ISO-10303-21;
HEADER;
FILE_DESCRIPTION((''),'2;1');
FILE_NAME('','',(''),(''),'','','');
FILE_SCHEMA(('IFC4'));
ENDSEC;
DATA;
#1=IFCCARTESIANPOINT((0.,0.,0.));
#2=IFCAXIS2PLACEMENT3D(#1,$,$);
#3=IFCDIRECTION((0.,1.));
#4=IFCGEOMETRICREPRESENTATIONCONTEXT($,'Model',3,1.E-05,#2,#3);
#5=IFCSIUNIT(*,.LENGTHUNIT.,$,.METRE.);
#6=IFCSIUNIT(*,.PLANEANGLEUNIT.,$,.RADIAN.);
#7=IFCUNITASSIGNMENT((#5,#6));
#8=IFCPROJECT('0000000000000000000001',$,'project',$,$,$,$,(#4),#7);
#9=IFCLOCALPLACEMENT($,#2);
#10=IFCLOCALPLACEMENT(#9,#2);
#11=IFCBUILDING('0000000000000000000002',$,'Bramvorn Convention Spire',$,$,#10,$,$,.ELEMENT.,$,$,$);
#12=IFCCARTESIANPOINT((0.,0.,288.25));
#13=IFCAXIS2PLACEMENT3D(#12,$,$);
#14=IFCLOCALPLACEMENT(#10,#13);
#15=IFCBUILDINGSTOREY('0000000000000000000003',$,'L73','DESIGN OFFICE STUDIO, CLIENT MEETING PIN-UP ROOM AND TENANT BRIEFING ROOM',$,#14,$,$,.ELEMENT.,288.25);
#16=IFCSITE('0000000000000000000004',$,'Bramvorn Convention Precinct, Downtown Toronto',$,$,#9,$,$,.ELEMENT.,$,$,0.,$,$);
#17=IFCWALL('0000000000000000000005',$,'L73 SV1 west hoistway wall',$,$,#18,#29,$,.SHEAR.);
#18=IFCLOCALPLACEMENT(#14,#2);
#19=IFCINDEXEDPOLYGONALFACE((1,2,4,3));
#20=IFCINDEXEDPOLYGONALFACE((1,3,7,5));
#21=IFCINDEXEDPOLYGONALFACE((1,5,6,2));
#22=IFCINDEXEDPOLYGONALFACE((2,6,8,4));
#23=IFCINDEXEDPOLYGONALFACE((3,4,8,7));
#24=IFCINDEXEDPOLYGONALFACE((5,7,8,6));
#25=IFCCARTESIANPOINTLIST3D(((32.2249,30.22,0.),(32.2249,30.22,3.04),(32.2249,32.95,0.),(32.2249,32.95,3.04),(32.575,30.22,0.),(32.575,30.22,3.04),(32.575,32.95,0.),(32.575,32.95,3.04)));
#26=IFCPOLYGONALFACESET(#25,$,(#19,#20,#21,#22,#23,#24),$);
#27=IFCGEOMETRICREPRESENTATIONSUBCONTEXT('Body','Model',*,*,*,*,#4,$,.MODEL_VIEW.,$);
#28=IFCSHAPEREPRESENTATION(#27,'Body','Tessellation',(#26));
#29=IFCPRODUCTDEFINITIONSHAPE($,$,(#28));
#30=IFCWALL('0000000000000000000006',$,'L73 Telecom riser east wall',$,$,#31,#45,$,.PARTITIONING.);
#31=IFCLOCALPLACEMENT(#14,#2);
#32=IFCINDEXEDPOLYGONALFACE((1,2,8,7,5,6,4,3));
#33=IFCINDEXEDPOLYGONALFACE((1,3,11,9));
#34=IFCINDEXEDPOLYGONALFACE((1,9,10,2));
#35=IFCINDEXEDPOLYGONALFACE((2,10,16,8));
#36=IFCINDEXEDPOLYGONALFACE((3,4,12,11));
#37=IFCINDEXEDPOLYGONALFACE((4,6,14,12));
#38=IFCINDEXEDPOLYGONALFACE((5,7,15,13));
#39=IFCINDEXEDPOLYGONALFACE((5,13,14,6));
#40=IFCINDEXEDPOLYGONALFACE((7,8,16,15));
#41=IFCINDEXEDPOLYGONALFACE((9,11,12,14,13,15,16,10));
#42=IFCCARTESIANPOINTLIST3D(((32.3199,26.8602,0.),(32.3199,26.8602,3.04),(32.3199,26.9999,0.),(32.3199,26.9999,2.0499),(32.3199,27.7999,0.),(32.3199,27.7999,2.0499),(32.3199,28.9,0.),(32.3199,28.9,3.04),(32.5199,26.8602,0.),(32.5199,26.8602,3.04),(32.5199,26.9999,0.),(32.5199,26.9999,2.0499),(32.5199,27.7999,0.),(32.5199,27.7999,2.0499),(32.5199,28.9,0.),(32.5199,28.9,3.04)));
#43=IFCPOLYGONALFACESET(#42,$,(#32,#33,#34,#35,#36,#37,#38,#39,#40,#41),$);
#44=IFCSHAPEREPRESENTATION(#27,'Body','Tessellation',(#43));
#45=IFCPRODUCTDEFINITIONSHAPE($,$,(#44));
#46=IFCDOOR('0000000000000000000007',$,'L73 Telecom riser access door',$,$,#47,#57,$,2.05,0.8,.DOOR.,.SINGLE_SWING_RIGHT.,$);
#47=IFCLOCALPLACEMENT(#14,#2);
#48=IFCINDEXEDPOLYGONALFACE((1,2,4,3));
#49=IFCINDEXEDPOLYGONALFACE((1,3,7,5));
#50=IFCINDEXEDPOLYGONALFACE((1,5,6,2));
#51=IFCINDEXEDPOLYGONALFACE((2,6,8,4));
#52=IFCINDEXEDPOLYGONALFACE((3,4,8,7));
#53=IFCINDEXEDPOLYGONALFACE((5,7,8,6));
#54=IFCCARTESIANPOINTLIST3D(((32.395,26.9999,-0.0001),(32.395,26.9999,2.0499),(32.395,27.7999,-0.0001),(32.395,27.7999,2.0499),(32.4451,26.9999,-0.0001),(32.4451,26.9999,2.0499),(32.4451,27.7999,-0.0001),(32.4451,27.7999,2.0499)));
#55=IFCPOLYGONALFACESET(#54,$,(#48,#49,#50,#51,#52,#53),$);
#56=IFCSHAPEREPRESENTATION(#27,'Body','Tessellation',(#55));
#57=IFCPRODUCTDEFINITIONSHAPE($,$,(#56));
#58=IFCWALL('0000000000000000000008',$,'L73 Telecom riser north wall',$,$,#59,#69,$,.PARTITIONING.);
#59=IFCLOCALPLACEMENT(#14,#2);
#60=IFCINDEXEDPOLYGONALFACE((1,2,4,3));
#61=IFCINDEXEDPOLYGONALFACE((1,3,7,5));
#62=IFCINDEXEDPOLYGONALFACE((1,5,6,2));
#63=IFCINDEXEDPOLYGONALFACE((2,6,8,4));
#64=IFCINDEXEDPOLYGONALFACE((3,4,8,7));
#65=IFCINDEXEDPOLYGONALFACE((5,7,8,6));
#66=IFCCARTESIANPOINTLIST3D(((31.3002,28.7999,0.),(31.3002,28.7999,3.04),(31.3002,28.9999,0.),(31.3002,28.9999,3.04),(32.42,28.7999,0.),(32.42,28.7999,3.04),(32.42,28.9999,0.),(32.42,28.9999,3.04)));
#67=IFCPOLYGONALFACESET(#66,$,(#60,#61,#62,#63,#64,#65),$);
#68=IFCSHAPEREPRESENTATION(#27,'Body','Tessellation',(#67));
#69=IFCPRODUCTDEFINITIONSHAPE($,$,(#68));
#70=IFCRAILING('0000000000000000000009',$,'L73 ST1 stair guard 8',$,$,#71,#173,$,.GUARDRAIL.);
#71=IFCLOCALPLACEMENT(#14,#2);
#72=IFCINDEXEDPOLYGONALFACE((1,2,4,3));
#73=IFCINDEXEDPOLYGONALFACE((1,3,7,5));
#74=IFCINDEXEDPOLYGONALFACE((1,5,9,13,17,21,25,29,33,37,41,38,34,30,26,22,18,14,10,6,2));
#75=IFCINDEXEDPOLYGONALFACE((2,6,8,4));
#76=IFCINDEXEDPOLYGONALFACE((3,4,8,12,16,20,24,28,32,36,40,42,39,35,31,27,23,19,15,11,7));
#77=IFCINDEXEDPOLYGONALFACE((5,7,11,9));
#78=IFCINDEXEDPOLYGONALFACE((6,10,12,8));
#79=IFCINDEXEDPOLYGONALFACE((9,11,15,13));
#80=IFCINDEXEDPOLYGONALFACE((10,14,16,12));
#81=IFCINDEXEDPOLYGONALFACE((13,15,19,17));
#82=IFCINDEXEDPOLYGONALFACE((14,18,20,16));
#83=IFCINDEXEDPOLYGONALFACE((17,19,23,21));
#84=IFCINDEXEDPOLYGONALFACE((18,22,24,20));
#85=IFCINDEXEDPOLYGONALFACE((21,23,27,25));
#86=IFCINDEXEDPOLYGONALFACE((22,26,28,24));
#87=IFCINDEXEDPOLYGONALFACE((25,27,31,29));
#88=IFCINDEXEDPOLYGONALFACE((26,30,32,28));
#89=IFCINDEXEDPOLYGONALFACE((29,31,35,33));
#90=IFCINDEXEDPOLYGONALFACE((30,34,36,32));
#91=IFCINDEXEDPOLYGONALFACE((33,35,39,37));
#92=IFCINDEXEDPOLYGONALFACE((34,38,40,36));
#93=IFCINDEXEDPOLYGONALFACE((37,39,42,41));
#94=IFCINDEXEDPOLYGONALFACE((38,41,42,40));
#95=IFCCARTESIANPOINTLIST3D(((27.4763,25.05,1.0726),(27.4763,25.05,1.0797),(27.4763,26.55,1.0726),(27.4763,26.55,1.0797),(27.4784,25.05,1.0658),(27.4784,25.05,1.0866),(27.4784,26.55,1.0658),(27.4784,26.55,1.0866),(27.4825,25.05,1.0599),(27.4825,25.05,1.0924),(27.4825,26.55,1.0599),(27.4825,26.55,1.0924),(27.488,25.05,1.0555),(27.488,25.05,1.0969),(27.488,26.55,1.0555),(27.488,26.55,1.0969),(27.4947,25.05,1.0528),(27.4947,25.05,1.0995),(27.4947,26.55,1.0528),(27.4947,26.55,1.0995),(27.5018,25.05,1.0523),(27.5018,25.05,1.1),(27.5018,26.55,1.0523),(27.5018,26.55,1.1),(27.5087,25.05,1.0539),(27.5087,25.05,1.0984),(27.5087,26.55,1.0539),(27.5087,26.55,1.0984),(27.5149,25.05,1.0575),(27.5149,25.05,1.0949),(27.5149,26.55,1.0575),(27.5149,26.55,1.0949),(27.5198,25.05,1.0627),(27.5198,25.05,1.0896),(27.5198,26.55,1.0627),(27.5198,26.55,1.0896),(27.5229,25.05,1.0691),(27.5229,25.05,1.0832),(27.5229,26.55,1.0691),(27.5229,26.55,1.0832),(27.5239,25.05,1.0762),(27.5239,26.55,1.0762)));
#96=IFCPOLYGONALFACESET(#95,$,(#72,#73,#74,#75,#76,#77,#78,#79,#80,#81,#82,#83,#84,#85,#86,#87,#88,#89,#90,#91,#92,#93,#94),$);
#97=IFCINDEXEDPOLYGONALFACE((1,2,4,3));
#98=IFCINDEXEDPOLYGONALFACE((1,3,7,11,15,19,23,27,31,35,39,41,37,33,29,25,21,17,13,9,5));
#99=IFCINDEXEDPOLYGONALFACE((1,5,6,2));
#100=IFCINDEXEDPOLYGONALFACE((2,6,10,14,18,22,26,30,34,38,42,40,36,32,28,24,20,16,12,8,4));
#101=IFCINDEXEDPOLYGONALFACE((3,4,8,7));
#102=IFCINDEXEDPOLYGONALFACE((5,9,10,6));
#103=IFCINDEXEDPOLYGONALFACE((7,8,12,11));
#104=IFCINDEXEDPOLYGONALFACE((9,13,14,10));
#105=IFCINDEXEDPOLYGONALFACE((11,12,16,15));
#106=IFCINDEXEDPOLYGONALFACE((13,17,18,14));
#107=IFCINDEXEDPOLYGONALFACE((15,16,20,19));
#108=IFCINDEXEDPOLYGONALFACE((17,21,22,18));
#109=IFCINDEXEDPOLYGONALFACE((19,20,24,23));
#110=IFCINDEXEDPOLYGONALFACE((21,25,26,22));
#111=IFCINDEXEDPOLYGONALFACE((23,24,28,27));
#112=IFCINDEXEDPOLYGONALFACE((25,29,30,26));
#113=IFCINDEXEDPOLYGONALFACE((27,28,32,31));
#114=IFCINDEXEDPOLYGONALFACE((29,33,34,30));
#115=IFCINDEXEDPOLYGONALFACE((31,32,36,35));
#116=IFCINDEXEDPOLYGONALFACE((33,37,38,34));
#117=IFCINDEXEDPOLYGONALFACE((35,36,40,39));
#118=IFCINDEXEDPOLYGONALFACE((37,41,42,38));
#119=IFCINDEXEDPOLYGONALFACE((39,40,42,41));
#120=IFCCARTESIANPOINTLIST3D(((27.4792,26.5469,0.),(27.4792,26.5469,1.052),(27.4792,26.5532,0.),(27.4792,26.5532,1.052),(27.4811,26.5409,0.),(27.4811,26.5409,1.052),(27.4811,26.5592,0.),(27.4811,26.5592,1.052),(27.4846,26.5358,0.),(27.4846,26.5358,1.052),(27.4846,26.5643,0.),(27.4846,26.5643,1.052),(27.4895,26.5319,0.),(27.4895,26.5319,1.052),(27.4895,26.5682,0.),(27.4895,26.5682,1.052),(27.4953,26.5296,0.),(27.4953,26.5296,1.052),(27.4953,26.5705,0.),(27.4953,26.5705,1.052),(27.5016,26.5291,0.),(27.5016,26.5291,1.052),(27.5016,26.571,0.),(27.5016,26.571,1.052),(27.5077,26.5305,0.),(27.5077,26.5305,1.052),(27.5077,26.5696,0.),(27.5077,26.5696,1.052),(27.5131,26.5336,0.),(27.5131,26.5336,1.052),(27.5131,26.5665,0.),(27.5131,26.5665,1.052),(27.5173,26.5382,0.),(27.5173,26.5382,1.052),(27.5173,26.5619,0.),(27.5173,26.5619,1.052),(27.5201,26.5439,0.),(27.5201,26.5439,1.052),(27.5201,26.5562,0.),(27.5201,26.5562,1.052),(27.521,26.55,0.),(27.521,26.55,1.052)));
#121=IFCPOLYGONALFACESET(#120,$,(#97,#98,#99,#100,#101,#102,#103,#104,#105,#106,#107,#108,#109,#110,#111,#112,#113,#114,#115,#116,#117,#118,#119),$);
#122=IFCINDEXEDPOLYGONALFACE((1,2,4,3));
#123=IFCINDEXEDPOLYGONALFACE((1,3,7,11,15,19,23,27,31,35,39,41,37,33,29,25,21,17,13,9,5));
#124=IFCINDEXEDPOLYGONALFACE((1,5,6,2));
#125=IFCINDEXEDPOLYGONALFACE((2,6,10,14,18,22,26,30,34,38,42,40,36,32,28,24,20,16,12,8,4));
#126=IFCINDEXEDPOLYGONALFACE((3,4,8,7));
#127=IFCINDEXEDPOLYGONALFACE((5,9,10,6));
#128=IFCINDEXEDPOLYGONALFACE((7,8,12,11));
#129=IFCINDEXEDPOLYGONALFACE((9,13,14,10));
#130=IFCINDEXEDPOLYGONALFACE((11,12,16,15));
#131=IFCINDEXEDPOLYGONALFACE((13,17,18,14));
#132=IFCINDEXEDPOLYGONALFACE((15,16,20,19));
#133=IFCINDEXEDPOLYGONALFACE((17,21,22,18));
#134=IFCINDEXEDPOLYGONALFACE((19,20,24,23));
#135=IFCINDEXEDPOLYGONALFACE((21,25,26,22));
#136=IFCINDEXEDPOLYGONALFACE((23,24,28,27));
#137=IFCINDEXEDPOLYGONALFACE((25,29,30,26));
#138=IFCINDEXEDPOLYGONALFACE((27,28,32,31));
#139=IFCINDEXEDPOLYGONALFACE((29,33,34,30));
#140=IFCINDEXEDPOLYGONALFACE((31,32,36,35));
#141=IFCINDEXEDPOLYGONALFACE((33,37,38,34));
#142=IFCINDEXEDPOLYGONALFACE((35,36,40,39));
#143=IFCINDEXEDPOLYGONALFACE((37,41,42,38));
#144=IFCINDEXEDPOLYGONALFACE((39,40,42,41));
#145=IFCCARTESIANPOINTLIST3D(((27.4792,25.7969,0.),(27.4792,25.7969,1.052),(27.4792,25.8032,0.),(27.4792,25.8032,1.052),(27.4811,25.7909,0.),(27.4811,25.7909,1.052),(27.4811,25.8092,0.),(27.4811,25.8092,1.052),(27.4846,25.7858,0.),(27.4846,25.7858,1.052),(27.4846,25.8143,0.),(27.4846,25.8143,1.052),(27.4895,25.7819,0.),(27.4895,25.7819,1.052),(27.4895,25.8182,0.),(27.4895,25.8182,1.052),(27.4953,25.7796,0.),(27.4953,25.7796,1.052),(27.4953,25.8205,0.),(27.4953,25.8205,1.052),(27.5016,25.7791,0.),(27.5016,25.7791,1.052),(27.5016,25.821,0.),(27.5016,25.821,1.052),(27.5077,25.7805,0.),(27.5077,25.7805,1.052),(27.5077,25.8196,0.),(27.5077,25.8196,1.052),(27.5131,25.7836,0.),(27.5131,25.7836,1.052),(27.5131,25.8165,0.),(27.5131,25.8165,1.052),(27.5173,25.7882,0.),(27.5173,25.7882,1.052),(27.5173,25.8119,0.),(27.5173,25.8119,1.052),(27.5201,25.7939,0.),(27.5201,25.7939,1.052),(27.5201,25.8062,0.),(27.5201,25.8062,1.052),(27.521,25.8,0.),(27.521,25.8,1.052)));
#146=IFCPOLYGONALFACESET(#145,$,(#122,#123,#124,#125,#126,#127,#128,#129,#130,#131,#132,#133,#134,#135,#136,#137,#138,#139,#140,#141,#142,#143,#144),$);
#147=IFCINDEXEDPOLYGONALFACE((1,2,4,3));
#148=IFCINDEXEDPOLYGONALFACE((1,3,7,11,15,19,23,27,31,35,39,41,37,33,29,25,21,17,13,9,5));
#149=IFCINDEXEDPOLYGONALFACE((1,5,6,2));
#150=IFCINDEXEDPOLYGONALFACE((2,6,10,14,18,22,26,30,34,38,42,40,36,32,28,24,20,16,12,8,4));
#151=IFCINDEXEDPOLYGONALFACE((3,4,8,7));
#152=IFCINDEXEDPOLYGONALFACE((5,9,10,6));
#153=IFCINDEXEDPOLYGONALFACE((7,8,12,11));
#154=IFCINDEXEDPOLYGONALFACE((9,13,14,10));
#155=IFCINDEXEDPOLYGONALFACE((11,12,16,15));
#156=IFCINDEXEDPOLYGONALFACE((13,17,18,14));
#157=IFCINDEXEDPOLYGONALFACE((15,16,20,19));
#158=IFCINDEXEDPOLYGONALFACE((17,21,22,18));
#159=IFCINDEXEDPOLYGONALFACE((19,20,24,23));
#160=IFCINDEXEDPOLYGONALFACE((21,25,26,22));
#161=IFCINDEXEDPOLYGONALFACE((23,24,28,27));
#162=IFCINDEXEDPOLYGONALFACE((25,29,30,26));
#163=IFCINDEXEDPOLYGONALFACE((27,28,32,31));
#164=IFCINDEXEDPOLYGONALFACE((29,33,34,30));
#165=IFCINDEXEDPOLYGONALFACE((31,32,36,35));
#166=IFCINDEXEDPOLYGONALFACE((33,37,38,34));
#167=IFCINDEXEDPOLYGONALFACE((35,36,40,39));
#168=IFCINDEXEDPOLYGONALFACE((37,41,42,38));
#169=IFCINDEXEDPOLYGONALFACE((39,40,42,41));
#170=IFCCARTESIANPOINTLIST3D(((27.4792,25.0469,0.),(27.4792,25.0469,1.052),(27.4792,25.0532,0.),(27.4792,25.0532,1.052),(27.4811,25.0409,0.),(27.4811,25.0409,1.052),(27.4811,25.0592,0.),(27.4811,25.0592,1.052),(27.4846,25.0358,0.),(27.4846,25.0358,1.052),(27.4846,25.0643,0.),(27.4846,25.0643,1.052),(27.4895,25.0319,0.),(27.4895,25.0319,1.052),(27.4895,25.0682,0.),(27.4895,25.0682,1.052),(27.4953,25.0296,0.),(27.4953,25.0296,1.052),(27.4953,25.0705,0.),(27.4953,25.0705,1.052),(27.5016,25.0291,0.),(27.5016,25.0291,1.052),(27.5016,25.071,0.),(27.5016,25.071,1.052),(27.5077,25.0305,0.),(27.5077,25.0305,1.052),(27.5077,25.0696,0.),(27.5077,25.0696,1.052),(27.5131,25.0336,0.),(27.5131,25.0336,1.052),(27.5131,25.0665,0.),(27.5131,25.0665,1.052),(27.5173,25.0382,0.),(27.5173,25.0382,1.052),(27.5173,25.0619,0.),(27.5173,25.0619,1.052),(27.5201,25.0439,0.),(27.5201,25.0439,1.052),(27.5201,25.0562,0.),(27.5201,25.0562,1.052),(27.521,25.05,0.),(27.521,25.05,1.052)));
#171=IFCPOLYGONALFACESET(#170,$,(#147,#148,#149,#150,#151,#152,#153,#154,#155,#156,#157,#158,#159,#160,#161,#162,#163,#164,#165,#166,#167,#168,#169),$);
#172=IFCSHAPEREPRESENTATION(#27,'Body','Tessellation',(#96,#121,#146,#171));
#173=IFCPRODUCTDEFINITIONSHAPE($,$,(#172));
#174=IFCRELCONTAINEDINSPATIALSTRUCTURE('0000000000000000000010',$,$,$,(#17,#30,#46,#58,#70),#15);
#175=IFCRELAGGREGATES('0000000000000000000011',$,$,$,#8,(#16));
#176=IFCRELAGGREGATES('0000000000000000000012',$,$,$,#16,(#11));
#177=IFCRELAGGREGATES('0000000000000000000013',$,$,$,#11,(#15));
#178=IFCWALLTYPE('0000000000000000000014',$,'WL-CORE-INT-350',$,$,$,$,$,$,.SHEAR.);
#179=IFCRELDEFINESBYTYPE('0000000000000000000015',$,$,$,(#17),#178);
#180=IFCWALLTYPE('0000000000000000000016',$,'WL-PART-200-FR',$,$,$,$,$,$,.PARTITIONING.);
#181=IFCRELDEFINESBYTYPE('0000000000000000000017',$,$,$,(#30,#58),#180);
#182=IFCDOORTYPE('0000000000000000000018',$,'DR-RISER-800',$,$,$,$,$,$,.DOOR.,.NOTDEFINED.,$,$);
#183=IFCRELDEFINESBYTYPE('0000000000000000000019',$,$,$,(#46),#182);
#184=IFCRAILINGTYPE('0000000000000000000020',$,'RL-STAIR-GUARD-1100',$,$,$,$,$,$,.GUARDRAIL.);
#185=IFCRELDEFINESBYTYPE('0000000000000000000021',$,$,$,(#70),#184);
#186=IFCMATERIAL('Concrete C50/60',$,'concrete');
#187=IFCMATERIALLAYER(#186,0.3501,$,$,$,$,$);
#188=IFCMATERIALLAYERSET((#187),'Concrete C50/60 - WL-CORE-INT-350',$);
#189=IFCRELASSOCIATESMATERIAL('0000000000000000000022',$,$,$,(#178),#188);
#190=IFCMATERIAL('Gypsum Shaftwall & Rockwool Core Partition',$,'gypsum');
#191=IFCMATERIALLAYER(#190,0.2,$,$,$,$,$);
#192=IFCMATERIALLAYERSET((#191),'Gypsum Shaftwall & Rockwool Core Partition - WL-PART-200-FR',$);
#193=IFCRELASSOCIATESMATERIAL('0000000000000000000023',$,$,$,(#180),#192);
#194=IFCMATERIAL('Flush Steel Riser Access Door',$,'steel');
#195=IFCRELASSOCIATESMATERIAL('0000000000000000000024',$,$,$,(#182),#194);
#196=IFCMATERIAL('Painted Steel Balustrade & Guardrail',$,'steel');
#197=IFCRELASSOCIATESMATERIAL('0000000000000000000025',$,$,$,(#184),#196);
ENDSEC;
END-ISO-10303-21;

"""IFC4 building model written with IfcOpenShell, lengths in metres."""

from ifc_helpers import new_model, si_unit, direction, frame, frame_2d, origin, origin_2d, place, context, subcontext, project, spatial, rectangle, circle, extrude, material, layer, layer_set, type_object, element, fill, save


model = new_model("IFC4")

# Units and contexts
model_context = context("Model", 3, precision=1e-05, world=origin(), true_north=direction((0.0, 1.0)))
body_context = subcontext(model_context, "Body", "Model", "MODEL_VIEW")
ifc_project = project(units=[si_unit("LENGTHUNIT", "METRE"), si_unit("PLANEANGLEUNIT", "RADIAN")], contexts=[model_context])

# Site, building, storey
site_placement = place(None, origin())
site = spatial("IfcSite", under=ifc_project, at=site_placement, Name="Bramvorn Convention Precinct, Downtown Toronto", CompositionType="ELEMENT", RefElevation=0.0)
building_placement = place(site_placement, origin())
building = spatial("IfcBuilding", under=site, at=building_placement, Name="Bramvorn Convention Spire", CompositionType="ELEMENT")
storey_placement = place(building_placement, frame((0.0, 0.0, 288.25)))
storey = spatial("IfcBuildingStorey", under=building, at=storey_placement, Name="L73", Description="DESIGN OFFICE STUDIO, CLIENT MEETING PIN-UP ROOM AND TENANT BRIEFING ROOM", CompositionType="ELEMENT", Elevation=288.25)

# Shared definitions
ifc_material_1 = material(Name="Concrete C50/60", Category="concrete")
ifc_layer_1 = layer(ifc_material_1, 0.3501)
ifc_layer_set_1 = layer_set([ifc_layer_1], Name="Concrete C50/60 - WL-CORE-INT-350")
wall_type_1 = type_object("IfcWallType", Name="WL-CORE-INT-350", PredefinedType="SHEAR", material=ifc_layer_set_1)

# Wall
wall_1_placement = place(storey_placement, frame((32.3999, 30.22, 0.0), z_axis=(0.0, 0.0, 1.0), x_axis=(0.0, 1.0, 0.0)))
element("IfcWall", 1, at=wall_1_placement, inside=storey, type_object=wall_type_1, Name="L73 SV1 west hoistway wall", PredefinedType="SHEAR", context=body_context, shape_type="SweptSolid", body=[
    extrude(rectangle(XDim=2.73, YDim=0.3501, at=frame_2d((1.365, 0.0))), origin(), (0.0, 0.0, 1.0), 3.04),
])

# Wall, opening, door
ifc_material_2 = material(Name="Gypsum Shaftwall & Rockwool Core Partition", Category="gypsum")
ifc_layer_2 = layer(ifc_material_2, 0.2)
ifc_layer_set_2 = layer_set([ifc_layer_2], Name="Gypsum Shaftwall & Rockwool Core Partition - WL-PART-200-FR")
wall_type_2 = type_object("IfcWallType", Name="WL-PART-200-FR", PredefinedType="PARTITIONING", material=ifc_layer_set_2)
wall_2_placement = place(storey_placement, frame((32.4199, 26.8601, 0.0), z_axis=(0.0, 0.0, 1.0), x_axis=(0.0, 1.0, 0.0)))
wall_2 = element("IfcWall", 2, at=wall_2_placement, inside=storey, type_object=wall_type_2, Name="L73 Telecom riser east wall", PredefinedType="PARTITIONING", context=body_context, shape_type="SweptSolid", body=[
    extrude(rectangle(XDim=2.0398, YDim=0.2, at=frame_2d((1.02, 0.0))), origin(), (0.0, 0.0, 1.0), 3.04),
])
opening_1_placement = place(wall_2_placement, frame((0.1399, 0.0, 0.0)))
opening_1 = element("IfcOpeningElement", 3, at=opening_1_placement, cuts=wall_2, PredefinedType="OPENING", context=body_context, shape_type="SweptSolid", body=[
    extrude(rectangle(XDim=0.8, YDim=2.05, at=frame_2d((0.3999, 1.0249))), frame((0.0, 0.1099, 0.0), z_axis=(0.0, -1.0, 0.0), x_axis=(1.0, 0.0, 0.0)), (0.0, 0.0, 1.0), 0.22),
])
ifc_material_3 = material(Name="Flush Steel Riser Access Door", Category="steel")
door_type_1 = type_object("IfcDoorType", Name="DR-RISER-800", OperationType="NOTDEFINED", PredefinedType="DOOR", material=ifc_material_3)
door_1_placement = place(opening_1_placement, origin())
door_1 = element("IfcDoor", 4, at=door_1_placement, inside=storey, type_object=door_type_1, Name="L73 Telecom riser access door", OperationType="SINGLE_SWING_RIGHT", OverallHeight=2.05, OverallWidth=0.8, PredefinedType="DOOR", context=body_context, shape_type="SweptSolid", body=[
    extrude(rectangle(XDim=0.8, YDim=2.05, at=frame_2d((0.3999, 1.0249))), frame((0.0, 0.0249, 0.0), z_axis=(0.0, -1.0, 0.0), x_axis=(1.0, 0.0, 0.0)), (0.0, 0.0, 1.0), 0.05),
])
fill(opening_1, door_1)

# Wall
wall_3_placement = place(storey_placement, frame((31.3, 28.8999, 0.0), z_axis=(0.0, 0.0, 1.0), x_axis=(1.0, 0.0, 0.0)))
element("IfcWall", 5, at=wall_3_placement, inside=storey, type_object=wall_type_2, Name="L73 Telecom riser north wall", PredefinedType="PARTITIONING", context=body_context, shape_type="SweptSolid", body=[
    extrude(rectangle(XDim=1.1199, YDim=0.2, at=frame_2d((0.5601, 0.0))), origin(), (0.0, 0.0, 1.0), 3.04),
])

# Railing
ifc_material_4 = material(Name="Painted Steel Balustrade & Guardrail", Category="steel")
railing_type = type_object("IfcRailingType", Name="RL-STAIR-GUARD-1100", PredefinedType="GUARDRAIL", material=ifc_material_4)
for number, where, name in (
    (6, (27.5, 26.55, 0.0), "L73 ST1 stair guard 8"),
):
    element("IfcRailing", number, at=place(storey_placement, frame(where)), inside=storey, type_object=railing_type, Name=name, PredefinedType="GUARDRAIL", context=body_context, shape_type="SweptSolid", body=[
        extrude(circle(Radius=0.0239, at=origin_2d()), frame((0.0, 0.0, 1.0762), z_axis=(0.0, -1.0, 0.0), x_axis=(1.0, 0.0, 0.0)), (0.0, 0.0, 1.0), 1.5),
        extrude(circle(Radius=0.021, at=origin_2d()), origin(), (0.0, 0.0, 1.0), 1.052),
        extrude(circle(Radius=0.021, at=origin_2d()), frame((0.0, -0.75, 0.0)), (0.0, 0.0, 1.0), 1.052),
        extrude(circle(Radius=0.021, at=origin_2d()), frame((0.0, -1.5, 0.0)), (0.0, 0.0, 1.0), 1.052),
    ])

save(model, "model.ifc")
